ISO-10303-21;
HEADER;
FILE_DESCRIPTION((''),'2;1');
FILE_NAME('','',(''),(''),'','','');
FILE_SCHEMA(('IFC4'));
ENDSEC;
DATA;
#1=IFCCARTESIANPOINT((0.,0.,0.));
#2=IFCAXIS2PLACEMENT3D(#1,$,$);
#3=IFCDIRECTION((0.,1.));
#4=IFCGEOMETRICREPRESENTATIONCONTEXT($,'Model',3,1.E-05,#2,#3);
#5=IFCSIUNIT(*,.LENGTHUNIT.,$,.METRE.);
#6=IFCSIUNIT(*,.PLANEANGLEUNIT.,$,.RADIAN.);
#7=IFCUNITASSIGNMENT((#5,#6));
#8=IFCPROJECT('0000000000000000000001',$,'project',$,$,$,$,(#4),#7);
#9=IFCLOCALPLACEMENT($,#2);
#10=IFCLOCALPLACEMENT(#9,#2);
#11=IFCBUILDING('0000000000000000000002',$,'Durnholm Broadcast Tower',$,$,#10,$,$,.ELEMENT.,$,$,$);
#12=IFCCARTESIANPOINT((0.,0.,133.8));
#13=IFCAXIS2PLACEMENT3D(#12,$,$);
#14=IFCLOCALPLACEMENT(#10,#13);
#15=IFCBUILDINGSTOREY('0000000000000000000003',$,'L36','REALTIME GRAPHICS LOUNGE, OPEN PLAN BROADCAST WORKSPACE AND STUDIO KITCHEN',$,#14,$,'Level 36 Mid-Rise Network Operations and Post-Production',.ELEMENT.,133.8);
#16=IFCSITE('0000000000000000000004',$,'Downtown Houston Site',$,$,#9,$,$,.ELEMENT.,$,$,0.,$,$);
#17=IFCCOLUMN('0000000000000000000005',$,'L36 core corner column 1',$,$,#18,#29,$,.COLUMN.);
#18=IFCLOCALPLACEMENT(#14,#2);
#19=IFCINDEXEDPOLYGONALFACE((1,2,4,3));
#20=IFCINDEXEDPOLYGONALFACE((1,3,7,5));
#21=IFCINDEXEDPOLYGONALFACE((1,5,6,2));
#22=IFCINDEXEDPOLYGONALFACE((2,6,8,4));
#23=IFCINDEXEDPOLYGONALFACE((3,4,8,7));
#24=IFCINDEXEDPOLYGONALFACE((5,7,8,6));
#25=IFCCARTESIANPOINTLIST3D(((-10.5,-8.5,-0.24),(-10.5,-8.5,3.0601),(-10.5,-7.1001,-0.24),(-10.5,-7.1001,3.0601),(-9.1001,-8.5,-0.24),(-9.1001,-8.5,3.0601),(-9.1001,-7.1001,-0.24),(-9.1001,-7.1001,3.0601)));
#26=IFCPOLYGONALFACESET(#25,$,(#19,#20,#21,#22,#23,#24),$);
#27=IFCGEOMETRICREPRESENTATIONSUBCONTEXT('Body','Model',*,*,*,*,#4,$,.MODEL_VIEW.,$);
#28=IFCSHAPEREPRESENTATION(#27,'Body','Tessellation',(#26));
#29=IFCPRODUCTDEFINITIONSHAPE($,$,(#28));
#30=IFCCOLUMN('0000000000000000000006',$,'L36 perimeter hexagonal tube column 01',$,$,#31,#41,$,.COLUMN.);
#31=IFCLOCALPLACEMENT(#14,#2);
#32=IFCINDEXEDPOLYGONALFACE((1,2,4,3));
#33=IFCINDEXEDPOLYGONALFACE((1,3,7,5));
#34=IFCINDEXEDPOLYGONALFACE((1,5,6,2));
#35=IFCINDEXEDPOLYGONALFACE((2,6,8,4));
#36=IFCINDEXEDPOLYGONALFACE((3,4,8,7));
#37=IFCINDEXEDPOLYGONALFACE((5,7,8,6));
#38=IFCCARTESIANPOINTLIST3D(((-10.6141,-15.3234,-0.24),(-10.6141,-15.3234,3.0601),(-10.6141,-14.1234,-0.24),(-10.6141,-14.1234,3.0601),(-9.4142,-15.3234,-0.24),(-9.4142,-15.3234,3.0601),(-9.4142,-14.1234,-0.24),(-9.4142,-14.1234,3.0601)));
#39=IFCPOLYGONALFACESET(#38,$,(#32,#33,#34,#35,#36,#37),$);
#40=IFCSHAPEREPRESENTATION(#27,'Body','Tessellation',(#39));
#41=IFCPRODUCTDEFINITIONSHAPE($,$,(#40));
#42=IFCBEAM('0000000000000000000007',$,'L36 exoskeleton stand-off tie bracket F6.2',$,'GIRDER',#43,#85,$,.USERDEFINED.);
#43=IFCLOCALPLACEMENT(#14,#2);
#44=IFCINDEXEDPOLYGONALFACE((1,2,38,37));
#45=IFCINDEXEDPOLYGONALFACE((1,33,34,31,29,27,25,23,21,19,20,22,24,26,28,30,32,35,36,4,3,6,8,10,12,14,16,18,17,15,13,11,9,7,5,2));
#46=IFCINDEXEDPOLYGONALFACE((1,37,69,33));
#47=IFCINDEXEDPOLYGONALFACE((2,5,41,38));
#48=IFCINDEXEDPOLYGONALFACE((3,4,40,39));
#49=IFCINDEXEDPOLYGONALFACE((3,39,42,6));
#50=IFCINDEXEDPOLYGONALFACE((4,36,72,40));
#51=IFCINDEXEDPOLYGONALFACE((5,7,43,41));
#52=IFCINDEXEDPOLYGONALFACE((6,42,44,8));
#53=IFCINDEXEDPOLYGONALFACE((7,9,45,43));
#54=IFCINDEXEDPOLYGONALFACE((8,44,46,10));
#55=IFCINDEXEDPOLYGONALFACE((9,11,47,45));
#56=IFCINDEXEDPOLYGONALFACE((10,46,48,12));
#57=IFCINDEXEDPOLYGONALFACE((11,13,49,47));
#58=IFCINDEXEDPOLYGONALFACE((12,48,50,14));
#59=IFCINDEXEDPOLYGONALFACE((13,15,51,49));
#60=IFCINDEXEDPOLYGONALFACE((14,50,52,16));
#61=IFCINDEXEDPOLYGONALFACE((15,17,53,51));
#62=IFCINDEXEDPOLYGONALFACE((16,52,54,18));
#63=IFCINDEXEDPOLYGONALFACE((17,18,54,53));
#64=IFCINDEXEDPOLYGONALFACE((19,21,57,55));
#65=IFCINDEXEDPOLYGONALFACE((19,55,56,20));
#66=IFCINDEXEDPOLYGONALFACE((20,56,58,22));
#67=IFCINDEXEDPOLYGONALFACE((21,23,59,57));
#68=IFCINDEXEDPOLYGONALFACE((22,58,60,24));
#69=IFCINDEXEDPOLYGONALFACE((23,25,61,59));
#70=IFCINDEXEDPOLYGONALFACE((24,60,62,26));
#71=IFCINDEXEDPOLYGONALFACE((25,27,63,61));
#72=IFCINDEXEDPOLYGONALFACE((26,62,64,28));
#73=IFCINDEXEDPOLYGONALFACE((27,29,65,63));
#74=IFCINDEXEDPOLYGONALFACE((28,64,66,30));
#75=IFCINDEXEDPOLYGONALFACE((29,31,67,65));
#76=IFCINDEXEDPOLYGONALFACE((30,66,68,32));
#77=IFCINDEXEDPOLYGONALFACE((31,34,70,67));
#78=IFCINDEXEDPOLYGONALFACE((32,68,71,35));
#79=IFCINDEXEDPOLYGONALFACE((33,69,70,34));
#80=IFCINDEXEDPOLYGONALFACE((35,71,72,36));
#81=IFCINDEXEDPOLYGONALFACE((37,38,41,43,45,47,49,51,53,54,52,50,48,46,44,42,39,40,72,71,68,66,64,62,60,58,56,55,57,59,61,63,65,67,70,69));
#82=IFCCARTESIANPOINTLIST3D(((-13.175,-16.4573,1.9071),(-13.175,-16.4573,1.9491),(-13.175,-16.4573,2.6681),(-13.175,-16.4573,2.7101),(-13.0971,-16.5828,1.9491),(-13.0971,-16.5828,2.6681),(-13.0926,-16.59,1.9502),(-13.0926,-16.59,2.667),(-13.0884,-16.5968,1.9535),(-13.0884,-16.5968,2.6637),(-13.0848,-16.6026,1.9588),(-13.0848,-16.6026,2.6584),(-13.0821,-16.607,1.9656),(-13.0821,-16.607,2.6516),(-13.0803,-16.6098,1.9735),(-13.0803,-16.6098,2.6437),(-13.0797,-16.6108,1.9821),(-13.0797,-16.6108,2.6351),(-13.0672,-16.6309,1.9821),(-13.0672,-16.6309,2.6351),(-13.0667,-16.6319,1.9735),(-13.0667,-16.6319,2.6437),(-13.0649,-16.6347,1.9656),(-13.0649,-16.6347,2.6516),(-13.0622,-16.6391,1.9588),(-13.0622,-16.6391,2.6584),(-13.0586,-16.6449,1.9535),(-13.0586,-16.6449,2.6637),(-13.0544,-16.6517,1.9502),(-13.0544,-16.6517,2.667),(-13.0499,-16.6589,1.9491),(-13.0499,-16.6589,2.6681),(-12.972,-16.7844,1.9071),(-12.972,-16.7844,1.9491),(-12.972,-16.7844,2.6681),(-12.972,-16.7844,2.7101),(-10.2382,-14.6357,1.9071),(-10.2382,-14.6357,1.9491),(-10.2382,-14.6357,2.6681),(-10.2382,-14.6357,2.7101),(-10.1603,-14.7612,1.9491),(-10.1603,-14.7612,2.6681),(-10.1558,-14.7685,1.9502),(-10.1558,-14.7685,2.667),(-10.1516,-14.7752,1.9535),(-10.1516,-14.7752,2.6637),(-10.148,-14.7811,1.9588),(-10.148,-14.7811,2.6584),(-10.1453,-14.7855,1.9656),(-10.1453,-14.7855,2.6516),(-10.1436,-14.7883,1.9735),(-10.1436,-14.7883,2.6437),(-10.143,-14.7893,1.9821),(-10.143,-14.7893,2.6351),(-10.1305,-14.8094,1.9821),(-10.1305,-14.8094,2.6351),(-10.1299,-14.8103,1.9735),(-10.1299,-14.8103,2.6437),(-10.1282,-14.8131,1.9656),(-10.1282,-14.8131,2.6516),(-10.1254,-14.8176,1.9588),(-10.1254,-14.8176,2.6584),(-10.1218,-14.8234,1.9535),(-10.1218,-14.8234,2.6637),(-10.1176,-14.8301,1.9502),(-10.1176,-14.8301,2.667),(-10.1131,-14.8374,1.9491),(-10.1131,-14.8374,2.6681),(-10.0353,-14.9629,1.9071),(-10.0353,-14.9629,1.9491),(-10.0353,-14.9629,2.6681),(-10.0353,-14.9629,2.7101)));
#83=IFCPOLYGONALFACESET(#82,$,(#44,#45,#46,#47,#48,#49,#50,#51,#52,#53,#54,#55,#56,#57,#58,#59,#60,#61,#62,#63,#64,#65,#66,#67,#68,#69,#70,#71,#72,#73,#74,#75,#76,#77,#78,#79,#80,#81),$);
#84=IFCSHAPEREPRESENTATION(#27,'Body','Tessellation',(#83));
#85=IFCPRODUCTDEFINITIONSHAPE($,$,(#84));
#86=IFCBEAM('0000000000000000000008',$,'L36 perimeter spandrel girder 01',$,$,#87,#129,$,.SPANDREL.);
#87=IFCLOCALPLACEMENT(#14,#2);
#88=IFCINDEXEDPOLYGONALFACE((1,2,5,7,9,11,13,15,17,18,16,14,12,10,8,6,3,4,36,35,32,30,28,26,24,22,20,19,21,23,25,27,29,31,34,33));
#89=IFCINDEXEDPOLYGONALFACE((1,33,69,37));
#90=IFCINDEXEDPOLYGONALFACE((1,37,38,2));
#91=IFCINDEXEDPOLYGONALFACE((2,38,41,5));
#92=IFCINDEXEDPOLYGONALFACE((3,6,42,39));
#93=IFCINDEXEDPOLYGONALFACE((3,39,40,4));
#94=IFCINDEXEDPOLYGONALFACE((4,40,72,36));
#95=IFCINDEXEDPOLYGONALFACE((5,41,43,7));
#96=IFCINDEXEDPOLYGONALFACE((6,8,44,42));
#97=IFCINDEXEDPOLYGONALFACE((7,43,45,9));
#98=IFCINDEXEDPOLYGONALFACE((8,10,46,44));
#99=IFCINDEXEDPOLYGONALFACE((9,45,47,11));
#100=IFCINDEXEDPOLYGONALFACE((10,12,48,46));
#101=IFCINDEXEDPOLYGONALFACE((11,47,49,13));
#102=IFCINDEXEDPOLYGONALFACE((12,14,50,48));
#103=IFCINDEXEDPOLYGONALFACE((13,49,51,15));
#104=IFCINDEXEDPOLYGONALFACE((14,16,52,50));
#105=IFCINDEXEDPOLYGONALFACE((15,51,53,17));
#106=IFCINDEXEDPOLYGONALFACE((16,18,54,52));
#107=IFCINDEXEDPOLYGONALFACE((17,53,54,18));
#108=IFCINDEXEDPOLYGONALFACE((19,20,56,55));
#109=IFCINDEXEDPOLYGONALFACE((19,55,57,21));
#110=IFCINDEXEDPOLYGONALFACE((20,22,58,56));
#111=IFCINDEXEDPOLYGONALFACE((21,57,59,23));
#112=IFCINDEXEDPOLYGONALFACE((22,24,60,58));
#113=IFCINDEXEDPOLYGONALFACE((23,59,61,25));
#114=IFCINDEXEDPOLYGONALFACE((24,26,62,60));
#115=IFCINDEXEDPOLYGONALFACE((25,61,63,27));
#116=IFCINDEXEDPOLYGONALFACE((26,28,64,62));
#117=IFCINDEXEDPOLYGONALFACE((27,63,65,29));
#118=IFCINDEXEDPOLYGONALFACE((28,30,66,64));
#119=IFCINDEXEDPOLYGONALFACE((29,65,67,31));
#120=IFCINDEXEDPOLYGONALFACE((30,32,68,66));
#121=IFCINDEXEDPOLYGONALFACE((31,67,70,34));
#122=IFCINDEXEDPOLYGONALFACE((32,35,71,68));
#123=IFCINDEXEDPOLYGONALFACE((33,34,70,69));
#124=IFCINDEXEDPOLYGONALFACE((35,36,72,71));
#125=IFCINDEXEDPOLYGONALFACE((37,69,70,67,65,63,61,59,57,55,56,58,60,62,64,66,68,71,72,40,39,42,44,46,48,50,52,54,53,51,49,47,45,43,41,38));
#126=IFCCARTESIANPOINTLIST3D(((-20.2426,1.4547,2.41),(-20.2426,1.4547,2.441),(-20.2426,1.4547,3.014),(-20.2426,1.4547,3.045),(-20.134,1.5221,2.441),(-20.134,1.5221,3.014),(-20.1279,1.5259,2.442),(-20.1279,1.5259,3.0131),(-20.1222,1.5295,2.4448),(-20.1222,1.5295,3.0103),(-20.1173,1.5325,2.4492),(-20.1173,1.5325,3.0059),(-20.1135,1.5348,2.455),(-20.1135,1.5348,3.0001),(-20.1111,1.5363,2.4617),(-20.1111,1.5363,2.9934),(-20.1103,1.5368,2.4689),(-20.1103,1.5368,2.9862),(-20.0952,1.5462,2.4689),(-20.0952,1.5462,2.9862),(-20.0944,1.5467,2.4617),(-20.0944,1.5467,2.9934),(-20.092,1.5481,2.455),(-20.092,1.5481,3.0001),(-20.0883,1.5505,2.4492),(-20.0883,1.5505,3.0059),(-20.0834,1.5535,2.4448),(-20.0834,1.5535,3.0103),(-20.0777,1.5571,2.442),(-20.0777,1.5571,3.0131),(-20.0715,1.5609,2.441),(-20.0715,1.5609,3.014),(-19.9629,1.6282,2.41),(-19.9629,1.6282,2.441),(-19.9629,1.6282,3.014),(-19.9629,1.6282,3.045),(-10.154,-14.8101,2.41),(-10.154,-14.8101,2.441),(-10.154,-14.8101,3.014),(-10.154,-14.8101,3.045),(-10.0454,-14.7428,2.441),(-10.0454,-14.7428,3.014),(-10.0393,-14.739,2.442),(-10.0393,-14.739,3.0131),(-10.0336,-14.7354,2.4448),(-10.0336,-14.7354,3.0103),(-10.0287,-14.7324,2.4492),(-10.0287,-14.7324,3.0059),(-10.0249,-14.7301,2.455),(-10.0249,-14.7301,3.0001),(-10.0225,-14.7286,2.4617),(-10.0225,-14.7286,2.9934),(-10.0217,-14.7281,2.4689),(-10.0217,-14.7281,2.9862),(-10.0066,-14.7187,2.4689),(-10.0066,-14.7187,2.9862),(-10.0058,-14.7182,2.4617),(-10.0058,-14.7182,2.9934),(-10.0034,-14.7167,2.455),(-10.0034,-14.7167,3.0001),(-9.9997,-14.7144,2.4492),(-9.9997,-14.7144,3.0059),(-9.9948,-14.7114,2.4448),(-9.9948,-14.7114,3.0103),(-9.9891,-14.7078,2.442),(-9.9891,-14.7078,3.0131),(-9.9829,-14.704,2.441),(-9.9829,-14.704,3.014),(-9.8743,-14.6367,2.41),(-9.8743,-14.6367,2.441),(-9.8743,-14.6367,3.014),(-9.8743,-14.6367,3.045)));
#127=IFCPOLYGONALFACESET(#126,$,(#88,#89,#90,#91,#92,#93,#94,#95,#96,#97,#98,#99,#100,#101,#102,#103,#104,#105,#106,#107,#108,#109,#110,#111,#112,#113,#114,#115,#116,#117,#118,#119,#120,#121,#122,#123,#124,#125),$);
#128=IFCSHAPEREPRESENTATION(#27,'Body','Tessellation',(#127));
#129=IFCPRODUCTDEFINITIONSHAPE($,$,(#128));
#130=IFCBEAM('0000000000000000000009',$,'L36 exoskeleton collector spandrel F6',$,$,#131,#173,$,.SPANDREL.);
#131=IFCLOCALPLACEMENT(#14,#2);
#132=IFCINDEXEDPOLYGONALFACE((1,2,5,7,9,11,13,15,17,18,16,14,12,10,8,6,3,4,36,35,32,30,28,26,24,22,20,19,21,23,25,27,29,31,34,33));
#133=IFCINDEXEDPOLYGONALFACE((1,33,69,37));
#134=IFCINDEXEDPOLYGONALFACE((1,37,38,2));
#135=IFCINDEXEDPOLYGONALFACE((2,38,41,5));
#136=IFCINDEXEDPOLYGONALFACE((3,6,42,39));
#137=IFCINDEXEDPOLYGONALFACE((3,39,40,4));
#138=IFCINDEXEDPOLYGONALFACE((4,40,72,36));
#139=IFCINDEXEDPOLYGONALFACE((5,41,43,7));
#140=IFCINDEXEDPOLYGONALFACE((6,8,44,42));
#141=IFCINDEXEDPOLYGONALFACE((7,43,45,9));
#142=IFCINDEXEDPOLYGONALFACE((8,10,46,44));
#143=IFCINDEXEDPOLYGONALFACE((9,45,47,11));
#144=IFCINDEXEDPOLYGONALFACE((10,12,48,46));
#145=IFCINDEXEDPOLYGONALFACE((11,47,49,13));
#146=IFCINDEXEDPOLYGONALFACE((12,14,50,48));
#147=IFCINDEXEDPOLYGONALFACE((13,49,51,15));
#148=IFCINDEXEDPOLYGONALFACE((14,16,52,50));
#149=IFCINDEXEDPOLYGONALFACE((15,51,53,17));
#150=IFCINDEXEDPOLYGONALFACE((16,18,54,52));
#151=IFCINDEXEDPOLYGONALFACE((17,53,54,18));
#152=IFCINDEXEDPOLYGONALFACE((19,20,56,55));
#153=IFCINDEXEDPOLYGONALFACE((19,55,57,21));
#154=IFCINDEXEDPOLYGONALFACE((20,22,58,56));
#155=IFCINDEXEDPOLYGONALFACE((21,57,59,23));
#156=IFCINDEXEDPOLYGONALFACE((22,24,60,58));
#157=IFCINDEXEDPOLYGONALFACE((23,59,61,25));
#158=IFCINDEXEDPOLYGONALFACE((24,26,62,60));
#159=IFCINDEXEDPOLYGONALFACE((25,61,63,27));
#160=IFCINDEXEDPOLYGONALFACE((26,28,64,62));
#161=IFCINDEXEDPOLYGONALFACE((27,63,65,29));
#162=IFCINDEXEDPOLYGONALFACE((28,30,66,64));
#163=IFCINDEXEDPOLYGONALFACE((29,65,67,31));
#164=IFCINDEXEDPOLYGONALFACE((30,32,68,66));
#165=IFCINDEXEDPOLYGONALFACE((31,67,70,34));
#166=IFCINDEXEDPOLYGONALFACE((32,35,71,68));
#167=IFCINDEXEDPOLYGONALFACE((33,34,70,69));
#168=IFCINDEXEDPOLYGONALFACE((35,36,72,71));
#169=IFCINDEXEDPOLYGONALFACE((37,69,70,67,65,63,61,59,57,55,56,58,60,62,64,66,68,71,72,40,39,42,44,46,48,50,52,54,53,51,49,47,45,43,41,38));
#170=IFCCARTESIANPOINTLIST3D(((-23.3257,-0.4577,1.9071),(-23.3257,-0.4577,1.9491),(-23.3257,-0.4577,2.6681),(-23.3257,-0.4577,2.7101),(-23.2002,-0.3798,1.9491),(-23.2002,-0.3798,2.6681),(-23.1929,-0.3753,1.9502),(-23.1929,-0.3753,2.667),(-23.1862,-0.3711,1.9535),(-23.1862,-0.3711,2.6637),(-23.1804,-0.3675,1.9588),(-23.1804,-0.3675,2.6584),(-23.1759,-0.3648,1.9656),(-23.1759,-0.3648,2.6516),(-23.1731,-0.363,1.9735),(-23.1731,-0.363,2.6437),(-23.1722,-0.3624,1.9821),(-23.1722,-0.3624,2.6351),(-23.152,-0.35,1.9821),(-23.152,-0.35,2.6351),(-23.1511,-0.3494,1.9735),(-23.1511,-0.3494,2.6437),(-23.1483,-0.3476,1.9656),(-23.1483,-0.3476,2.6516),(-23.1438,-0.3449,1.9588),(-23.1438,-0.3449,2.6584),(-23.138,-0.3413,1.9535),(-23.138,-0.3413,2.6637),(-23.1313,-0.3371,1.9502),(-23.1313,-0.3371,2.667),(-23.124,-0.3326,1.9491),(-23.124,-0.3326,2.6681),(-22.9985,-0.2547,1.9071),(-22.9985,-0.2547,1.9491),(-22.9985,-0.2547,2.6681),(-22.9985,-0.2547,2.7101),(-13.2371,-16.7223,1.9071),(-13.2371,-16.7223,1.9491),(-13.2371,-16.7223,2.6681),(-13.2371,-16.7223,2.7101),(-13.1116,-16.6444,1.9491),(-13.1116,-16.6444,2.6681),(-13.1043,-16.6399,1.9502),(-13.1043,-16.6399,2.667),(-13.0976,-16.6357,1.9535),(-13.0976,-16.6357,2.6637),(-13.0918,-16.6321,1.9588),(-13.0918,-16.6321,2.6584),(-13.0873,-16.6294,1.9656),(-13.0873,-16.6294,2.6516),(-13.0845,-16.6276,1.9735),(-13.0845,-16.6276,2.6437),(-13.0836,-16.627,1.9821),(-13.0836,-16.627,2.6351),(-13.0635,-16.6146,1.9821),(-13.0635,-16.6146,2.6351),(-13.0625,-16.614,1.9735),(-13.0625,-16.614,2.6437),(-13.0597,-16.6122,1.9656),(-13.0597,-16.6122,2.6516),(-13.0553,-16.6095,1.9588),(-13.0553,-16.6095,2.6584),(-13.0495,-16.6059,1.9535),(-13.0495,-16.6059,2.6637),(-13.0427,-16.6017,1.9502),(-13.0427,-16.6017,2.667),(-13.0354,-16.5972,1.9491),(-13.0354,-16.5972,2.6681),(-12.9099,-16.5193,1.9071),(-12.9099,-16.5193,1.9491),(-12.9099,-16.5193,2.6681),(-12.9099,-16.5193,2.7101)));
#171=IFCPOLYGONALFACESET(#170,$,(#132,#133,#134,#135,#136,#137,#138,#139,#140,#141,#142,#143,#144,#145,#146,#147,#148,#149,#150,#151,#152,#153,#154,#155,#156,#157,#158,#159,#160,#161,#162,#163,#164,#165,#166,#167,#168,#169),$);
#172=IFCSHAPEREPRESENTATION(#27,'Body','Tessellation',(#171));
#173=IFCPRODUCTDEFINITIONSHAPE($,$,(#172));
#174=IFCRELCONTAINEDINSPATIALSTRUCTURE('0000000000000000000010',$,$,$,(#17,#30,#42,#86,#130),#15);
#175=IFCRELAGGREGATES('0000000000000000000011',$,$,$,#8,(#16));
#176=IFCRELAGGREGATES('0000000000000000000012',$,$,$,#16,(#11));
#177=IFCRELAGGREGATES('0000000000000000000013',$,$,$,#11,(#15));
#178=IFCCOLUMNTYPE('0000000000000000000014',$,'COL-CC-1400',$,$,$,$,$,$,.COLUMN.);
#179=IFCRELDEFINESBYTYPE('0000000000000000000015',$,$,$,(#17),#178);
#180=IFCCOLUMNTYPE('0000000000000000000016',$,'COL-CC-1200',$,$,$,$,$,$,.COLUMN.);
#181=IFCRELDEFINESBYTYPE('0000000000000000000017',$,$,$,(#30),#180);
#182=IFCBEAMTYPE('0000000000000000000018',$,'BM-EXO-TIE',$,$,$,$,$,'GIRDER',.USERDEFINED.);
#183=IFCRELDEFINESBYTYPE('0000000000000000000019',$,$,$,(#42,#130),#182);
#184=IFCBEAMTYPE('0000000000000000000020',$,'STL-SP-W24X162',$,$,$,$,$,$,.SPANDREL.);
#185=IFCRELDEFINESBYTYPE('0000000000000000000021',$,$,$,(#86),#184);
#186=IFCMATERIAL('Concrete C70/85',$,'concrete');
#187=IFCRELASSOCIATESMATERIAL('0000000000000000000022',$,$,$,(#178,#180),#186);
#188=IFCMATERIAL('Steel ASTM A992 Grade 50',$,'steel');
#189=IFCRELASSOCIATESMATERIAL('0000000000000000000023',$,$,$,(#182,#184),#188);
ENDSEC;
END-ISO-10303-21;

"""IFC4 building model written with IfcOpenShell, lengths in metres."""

from ifc_helpers import new_model, si_unit, direction, frame, origin, origin_2d, place, context, subcontext, project, spatial, rectangle, i_section, extrude, source, transform, mapped, material, material_profile, profile_set, type_object, type_shapes, element, save


model = new_model("IFC4")

# Units and contexts
model_context = context("Model", 3, precision=1e-05, world=origin(), true_north=direction((0.0, 1.0)))
body_context = subcontext(model_context, "Body", "Model", "MODEL_VIEW")
ifc_project = project(units=[si_unit("LENGTHUNIT", "METRE"), si_unit("PLANEANGLEUNIT", "RADIAN")], contexts=[model_context])

# Site, building, storey
site_placement = place(None, origin())
site = spatial("IfcSite", under=ifc_project, at=site_placement, Name="Downtown Houston Site", CompositionType="ELEMENT", RefElevation=0.0)
building_placement = place(site_placement, origin())
building = spatial("IfcBuilding", under=site, at=building_placement, Name="Durnholm Broadcast Tower", CompositionType="ELEMENT")
storey_placement = place(building_placement, frame((0.0, 0.0, 133.8)))
storey = spatial("IfcBuildingStorey", under=building, at=storey_placement, Name="L36", Description="REALTIME GRAPHICS LOUNGE, OPEN PLAN BROADCAST WORKSPACE AND STUDIO KITCHEN", LongName="Level 36 Mid-Rise Network Operations and Post-Production", CompositionType="ELEMENT", Elevation=133.8)

# Columns
ifc_material_1 = material(Name="Concrete C70/85", Category="concrete")
ifc_material_profile_1 = material_profile(ifc_material_1, rectangle(XDim=1.3999, YDim=1.3999, at=origin_2d()), Name="RC1400X1400")
ifc_profile_set_1 = profile_set([ifc_material_profile_1], Name="Concrete C70/85")
column_type_1 = type_object("IfcColumnType", Name="COL-CC-1400", PredefinedType="COLUMN", material=ifc_profile_set_1)
shared_shape_1 = source(origin(), body_context, "Body", "SweptSolid", [
    extrude(rectangle(XDim=1.3999, YDim=1.3999, at=origin_2d()), origin(), (0.0, 0.0, 1.0), 3.3),
])
type_shapes(column_type_1, [shared_shape_1])
column_1_placement = place(storey_placement, frame((-9.8, -7.8, -0.24), z_axis=(0.0, 0.0, 1.0), x_axis=(1.0, 0.0, 0.0)))
element("IfcColumn", 1, at=column_1_placement, inside=storey, type_object=column_type_1, Name="L36 core corner column 1", PredefinedType="COLUMN", context=body_context, shape_type="MappedRepresentation", body=[
    mapped(shared_shape_1, transform((0.0, 0.0, 0.0), x_axis=(1.0, 0.0, 0.0), y_axis=(0.0, 1.0, 0.0), z_axis=(0.0, 0.0, 1.0), scale=1.0)),
])
ifc_material_profile_2 = material_profile(ifc_material_1, rectangle(XDim=1.2, YDim=1.2, at=origin_2d()), Name="RC1200X1200")
ifc_profile_set_2 = profile_set([ifc_material_profile_2], Name="Concrete C70/85")
column_type_2 = type_object("IfcColumnType", Name="COL-CC-1200", PredefinedType="COLUMN", material=ifc_profile_set_2)
shared_shape_2 = source(origin(), body_context, "Body", "SweptSolid", [
    extrude(rectangle(XDim=1.2, YDim=1.2, at=origin_2d()), origin(), (0.0, 0.0, 1.0), 3.3),
])
type_shapes(column_type_2, [shared_shape_2])
column_2_placement = place(storey_placement, frame((-10.0142, -14.7234, -0.24), z_axis=(0.0, 0.0, 1.0), x_axis=(1.0, 0.0, 0.0)))
element("IfcColumn", 2, at=column_2_placement, inside=storey, type_object=column_type_2, Name="L36 perimeter hexagonal tube column 01", PredefinedType="COLUMN", context=body_context, shape_type="MappedRepresentation", body=[
    mapped(shared_shape_2, transform((0.0, 0.0, 0.0), x_axis=(1.0, 0.0, 0.0), y_axis=(0.0, 1.0, 0.0), z_axis=(0.0, 0.0, 1.0), scale=1.0)),
])

# Beams
ifc_material_2 = material(Name="Steel ASTM A992 Grade 50", Category="steel")
ifc_material_profile_3 = material_profile(ifc_material_2, i_section(OverallWidth=0.385, OverallDepth=0.803, WebThickness=0.0237, FlangeThickness=0.042, FilletRadius=0.033, at=origin_2d()), Name="W30X261")
ifc_profile_set_3 = profile_set([ifc_material_profile_3], Name="Steel ASTM A992 Grade 50")
beam_type_1 = type_object("IfcBeamType", Name="BM-EXO-TIE", ElementType="GIRDER", PredefinedType="USERDEFINED", material=ifc_profile_set_3)
shared_shape_3 = source(origin(), body_context, "Body", "SweptSolid", [
    extrude(i_section(OverallWidth=0.385, OverallDepth=0.803, WebThickness=0.0237, FlangeThickness=0.042, FilletRadius=0.033, at=origin_2d()), origin(), (0.0, 0.0, 1.0), 3.4558),
])
beam_1_placement = place(storey_placement, frame((-10.1367, -14.7993, 2.3086), z_axis=(-0.849807, -0.527094, 0.0), x_axis=(0.527094, -0.849807, 0.0)))
element("IfcBeam", 3, at=beam_1_placement, inside=storey, type_object=beam_type_1, Name="L36 exoskeleton stand-off tie bracket F6.2", ObjectType="GIRDER", PredefinedType="USERDEFINED", context=body_context, shape_type="MappedRepresentation", body=[
    mapped(shared_shape_3, transform((0.0, 0.0, 0.0), x_axis=(1.0, 0.0, 0.0), y_axis=(0.0, 1.0, 0.0), z_axis=(0.0, 0.0, 1.0), scale=1.0)),
])
ifc_material_profile_4 = material_profile(ifc_material_2, i_section(OverallWidth=0.3291, OverallDepth=0.635, WebThickness=0.0178, FlangeThickness=0.031, FilletRadius=0.0278, at=origin_2d()), Name="W24X162")
ifc_profile_set_4 = profile_set([ifc_material_profile_4], Name="Steel ASTM A992 Grade 50")
beam_type_2 = type_object("IfcBeamType", Name="STL-SP-W24X162", PredefinedType="SPANDREL", material=ifc_profile_set_4)
shared_shape_4 = source(origin(), body_context, "Body", "SweptSolid", [
    extrude(i_section(OverallWidth=0.3291, OverallDepth=0.635, WebThickness=0.0178, FlangeThickness=0.031, FilletRadius=0.0278, at=origin_2d()), origin(), (0.0, 0.0, 1.0), 19.1396),
])
type_shapes(beam_type_2, [shared_shape_4])
beam_2_placement = place(storey_placement, frame((-10.0142, -14.7234, 2.7275), z_axis=(-0.527105, 0.8498, 0.0), x_axis=(-0.8498, -0.527105, 0.0)))
element("IfcBeam", 4, at=beam_2_placement, inside=storey, type_object=beam_type_2, Name="L36 perimeter spandrel girder 01", PredefinedType="SPANDREL", context=body_context, shape_type="MappedRepresentation", body=[
    mapped(shared_shape_4, transform((0.0, 0.0, 0.0), x_axis=(1.0, 0.0, 0.0), y_axis=(0.0, 1.0, 0.0), z_axis=(0.0, 0.0, 1.0), scale=1.0)),
])
shared_shape_5 = source(origin(), body_context, "Body", "SweptSolid", [
    extrude(i_section(OverallWidth=0.385, OverallDepth=0.803, WebThickness=0.0237, FlangeThickness=0.042, FilletRadius=0.033, at=origin_2d()), origin(), (0.0, 0.0, 1.0), 19.1394),
])
type_shapes(beam_type_1, [shared_shape_3, shared_shape_5])
beam_3_placement = place(storey_placement, frame((-23.1621, -0.3562, 2.3086), z_axis=(0.527111, -0.849796, 0.0), x_axis=(0.849796, 0.527111, 0.0)))
element("IfcBeam", 5, at=beam_3_placement, inside=storey, type_object=beam_type_1, Name="L36 exoskeleton collector spandrel F6", PredefinedType="SPANDREL", context=body_context, shape_type="MappedRepresentation", body=[
    mapped(shared_shape_5, transform((0.0, 0.0, 0.0), x_axis=(1.0, 0.0, 0.0), y_axis=(0.0, 1.0, 0.0), z_axis=(0.0, 0.0, 1.0), scale=1.0)),
])

save(model, "model.ifc")
